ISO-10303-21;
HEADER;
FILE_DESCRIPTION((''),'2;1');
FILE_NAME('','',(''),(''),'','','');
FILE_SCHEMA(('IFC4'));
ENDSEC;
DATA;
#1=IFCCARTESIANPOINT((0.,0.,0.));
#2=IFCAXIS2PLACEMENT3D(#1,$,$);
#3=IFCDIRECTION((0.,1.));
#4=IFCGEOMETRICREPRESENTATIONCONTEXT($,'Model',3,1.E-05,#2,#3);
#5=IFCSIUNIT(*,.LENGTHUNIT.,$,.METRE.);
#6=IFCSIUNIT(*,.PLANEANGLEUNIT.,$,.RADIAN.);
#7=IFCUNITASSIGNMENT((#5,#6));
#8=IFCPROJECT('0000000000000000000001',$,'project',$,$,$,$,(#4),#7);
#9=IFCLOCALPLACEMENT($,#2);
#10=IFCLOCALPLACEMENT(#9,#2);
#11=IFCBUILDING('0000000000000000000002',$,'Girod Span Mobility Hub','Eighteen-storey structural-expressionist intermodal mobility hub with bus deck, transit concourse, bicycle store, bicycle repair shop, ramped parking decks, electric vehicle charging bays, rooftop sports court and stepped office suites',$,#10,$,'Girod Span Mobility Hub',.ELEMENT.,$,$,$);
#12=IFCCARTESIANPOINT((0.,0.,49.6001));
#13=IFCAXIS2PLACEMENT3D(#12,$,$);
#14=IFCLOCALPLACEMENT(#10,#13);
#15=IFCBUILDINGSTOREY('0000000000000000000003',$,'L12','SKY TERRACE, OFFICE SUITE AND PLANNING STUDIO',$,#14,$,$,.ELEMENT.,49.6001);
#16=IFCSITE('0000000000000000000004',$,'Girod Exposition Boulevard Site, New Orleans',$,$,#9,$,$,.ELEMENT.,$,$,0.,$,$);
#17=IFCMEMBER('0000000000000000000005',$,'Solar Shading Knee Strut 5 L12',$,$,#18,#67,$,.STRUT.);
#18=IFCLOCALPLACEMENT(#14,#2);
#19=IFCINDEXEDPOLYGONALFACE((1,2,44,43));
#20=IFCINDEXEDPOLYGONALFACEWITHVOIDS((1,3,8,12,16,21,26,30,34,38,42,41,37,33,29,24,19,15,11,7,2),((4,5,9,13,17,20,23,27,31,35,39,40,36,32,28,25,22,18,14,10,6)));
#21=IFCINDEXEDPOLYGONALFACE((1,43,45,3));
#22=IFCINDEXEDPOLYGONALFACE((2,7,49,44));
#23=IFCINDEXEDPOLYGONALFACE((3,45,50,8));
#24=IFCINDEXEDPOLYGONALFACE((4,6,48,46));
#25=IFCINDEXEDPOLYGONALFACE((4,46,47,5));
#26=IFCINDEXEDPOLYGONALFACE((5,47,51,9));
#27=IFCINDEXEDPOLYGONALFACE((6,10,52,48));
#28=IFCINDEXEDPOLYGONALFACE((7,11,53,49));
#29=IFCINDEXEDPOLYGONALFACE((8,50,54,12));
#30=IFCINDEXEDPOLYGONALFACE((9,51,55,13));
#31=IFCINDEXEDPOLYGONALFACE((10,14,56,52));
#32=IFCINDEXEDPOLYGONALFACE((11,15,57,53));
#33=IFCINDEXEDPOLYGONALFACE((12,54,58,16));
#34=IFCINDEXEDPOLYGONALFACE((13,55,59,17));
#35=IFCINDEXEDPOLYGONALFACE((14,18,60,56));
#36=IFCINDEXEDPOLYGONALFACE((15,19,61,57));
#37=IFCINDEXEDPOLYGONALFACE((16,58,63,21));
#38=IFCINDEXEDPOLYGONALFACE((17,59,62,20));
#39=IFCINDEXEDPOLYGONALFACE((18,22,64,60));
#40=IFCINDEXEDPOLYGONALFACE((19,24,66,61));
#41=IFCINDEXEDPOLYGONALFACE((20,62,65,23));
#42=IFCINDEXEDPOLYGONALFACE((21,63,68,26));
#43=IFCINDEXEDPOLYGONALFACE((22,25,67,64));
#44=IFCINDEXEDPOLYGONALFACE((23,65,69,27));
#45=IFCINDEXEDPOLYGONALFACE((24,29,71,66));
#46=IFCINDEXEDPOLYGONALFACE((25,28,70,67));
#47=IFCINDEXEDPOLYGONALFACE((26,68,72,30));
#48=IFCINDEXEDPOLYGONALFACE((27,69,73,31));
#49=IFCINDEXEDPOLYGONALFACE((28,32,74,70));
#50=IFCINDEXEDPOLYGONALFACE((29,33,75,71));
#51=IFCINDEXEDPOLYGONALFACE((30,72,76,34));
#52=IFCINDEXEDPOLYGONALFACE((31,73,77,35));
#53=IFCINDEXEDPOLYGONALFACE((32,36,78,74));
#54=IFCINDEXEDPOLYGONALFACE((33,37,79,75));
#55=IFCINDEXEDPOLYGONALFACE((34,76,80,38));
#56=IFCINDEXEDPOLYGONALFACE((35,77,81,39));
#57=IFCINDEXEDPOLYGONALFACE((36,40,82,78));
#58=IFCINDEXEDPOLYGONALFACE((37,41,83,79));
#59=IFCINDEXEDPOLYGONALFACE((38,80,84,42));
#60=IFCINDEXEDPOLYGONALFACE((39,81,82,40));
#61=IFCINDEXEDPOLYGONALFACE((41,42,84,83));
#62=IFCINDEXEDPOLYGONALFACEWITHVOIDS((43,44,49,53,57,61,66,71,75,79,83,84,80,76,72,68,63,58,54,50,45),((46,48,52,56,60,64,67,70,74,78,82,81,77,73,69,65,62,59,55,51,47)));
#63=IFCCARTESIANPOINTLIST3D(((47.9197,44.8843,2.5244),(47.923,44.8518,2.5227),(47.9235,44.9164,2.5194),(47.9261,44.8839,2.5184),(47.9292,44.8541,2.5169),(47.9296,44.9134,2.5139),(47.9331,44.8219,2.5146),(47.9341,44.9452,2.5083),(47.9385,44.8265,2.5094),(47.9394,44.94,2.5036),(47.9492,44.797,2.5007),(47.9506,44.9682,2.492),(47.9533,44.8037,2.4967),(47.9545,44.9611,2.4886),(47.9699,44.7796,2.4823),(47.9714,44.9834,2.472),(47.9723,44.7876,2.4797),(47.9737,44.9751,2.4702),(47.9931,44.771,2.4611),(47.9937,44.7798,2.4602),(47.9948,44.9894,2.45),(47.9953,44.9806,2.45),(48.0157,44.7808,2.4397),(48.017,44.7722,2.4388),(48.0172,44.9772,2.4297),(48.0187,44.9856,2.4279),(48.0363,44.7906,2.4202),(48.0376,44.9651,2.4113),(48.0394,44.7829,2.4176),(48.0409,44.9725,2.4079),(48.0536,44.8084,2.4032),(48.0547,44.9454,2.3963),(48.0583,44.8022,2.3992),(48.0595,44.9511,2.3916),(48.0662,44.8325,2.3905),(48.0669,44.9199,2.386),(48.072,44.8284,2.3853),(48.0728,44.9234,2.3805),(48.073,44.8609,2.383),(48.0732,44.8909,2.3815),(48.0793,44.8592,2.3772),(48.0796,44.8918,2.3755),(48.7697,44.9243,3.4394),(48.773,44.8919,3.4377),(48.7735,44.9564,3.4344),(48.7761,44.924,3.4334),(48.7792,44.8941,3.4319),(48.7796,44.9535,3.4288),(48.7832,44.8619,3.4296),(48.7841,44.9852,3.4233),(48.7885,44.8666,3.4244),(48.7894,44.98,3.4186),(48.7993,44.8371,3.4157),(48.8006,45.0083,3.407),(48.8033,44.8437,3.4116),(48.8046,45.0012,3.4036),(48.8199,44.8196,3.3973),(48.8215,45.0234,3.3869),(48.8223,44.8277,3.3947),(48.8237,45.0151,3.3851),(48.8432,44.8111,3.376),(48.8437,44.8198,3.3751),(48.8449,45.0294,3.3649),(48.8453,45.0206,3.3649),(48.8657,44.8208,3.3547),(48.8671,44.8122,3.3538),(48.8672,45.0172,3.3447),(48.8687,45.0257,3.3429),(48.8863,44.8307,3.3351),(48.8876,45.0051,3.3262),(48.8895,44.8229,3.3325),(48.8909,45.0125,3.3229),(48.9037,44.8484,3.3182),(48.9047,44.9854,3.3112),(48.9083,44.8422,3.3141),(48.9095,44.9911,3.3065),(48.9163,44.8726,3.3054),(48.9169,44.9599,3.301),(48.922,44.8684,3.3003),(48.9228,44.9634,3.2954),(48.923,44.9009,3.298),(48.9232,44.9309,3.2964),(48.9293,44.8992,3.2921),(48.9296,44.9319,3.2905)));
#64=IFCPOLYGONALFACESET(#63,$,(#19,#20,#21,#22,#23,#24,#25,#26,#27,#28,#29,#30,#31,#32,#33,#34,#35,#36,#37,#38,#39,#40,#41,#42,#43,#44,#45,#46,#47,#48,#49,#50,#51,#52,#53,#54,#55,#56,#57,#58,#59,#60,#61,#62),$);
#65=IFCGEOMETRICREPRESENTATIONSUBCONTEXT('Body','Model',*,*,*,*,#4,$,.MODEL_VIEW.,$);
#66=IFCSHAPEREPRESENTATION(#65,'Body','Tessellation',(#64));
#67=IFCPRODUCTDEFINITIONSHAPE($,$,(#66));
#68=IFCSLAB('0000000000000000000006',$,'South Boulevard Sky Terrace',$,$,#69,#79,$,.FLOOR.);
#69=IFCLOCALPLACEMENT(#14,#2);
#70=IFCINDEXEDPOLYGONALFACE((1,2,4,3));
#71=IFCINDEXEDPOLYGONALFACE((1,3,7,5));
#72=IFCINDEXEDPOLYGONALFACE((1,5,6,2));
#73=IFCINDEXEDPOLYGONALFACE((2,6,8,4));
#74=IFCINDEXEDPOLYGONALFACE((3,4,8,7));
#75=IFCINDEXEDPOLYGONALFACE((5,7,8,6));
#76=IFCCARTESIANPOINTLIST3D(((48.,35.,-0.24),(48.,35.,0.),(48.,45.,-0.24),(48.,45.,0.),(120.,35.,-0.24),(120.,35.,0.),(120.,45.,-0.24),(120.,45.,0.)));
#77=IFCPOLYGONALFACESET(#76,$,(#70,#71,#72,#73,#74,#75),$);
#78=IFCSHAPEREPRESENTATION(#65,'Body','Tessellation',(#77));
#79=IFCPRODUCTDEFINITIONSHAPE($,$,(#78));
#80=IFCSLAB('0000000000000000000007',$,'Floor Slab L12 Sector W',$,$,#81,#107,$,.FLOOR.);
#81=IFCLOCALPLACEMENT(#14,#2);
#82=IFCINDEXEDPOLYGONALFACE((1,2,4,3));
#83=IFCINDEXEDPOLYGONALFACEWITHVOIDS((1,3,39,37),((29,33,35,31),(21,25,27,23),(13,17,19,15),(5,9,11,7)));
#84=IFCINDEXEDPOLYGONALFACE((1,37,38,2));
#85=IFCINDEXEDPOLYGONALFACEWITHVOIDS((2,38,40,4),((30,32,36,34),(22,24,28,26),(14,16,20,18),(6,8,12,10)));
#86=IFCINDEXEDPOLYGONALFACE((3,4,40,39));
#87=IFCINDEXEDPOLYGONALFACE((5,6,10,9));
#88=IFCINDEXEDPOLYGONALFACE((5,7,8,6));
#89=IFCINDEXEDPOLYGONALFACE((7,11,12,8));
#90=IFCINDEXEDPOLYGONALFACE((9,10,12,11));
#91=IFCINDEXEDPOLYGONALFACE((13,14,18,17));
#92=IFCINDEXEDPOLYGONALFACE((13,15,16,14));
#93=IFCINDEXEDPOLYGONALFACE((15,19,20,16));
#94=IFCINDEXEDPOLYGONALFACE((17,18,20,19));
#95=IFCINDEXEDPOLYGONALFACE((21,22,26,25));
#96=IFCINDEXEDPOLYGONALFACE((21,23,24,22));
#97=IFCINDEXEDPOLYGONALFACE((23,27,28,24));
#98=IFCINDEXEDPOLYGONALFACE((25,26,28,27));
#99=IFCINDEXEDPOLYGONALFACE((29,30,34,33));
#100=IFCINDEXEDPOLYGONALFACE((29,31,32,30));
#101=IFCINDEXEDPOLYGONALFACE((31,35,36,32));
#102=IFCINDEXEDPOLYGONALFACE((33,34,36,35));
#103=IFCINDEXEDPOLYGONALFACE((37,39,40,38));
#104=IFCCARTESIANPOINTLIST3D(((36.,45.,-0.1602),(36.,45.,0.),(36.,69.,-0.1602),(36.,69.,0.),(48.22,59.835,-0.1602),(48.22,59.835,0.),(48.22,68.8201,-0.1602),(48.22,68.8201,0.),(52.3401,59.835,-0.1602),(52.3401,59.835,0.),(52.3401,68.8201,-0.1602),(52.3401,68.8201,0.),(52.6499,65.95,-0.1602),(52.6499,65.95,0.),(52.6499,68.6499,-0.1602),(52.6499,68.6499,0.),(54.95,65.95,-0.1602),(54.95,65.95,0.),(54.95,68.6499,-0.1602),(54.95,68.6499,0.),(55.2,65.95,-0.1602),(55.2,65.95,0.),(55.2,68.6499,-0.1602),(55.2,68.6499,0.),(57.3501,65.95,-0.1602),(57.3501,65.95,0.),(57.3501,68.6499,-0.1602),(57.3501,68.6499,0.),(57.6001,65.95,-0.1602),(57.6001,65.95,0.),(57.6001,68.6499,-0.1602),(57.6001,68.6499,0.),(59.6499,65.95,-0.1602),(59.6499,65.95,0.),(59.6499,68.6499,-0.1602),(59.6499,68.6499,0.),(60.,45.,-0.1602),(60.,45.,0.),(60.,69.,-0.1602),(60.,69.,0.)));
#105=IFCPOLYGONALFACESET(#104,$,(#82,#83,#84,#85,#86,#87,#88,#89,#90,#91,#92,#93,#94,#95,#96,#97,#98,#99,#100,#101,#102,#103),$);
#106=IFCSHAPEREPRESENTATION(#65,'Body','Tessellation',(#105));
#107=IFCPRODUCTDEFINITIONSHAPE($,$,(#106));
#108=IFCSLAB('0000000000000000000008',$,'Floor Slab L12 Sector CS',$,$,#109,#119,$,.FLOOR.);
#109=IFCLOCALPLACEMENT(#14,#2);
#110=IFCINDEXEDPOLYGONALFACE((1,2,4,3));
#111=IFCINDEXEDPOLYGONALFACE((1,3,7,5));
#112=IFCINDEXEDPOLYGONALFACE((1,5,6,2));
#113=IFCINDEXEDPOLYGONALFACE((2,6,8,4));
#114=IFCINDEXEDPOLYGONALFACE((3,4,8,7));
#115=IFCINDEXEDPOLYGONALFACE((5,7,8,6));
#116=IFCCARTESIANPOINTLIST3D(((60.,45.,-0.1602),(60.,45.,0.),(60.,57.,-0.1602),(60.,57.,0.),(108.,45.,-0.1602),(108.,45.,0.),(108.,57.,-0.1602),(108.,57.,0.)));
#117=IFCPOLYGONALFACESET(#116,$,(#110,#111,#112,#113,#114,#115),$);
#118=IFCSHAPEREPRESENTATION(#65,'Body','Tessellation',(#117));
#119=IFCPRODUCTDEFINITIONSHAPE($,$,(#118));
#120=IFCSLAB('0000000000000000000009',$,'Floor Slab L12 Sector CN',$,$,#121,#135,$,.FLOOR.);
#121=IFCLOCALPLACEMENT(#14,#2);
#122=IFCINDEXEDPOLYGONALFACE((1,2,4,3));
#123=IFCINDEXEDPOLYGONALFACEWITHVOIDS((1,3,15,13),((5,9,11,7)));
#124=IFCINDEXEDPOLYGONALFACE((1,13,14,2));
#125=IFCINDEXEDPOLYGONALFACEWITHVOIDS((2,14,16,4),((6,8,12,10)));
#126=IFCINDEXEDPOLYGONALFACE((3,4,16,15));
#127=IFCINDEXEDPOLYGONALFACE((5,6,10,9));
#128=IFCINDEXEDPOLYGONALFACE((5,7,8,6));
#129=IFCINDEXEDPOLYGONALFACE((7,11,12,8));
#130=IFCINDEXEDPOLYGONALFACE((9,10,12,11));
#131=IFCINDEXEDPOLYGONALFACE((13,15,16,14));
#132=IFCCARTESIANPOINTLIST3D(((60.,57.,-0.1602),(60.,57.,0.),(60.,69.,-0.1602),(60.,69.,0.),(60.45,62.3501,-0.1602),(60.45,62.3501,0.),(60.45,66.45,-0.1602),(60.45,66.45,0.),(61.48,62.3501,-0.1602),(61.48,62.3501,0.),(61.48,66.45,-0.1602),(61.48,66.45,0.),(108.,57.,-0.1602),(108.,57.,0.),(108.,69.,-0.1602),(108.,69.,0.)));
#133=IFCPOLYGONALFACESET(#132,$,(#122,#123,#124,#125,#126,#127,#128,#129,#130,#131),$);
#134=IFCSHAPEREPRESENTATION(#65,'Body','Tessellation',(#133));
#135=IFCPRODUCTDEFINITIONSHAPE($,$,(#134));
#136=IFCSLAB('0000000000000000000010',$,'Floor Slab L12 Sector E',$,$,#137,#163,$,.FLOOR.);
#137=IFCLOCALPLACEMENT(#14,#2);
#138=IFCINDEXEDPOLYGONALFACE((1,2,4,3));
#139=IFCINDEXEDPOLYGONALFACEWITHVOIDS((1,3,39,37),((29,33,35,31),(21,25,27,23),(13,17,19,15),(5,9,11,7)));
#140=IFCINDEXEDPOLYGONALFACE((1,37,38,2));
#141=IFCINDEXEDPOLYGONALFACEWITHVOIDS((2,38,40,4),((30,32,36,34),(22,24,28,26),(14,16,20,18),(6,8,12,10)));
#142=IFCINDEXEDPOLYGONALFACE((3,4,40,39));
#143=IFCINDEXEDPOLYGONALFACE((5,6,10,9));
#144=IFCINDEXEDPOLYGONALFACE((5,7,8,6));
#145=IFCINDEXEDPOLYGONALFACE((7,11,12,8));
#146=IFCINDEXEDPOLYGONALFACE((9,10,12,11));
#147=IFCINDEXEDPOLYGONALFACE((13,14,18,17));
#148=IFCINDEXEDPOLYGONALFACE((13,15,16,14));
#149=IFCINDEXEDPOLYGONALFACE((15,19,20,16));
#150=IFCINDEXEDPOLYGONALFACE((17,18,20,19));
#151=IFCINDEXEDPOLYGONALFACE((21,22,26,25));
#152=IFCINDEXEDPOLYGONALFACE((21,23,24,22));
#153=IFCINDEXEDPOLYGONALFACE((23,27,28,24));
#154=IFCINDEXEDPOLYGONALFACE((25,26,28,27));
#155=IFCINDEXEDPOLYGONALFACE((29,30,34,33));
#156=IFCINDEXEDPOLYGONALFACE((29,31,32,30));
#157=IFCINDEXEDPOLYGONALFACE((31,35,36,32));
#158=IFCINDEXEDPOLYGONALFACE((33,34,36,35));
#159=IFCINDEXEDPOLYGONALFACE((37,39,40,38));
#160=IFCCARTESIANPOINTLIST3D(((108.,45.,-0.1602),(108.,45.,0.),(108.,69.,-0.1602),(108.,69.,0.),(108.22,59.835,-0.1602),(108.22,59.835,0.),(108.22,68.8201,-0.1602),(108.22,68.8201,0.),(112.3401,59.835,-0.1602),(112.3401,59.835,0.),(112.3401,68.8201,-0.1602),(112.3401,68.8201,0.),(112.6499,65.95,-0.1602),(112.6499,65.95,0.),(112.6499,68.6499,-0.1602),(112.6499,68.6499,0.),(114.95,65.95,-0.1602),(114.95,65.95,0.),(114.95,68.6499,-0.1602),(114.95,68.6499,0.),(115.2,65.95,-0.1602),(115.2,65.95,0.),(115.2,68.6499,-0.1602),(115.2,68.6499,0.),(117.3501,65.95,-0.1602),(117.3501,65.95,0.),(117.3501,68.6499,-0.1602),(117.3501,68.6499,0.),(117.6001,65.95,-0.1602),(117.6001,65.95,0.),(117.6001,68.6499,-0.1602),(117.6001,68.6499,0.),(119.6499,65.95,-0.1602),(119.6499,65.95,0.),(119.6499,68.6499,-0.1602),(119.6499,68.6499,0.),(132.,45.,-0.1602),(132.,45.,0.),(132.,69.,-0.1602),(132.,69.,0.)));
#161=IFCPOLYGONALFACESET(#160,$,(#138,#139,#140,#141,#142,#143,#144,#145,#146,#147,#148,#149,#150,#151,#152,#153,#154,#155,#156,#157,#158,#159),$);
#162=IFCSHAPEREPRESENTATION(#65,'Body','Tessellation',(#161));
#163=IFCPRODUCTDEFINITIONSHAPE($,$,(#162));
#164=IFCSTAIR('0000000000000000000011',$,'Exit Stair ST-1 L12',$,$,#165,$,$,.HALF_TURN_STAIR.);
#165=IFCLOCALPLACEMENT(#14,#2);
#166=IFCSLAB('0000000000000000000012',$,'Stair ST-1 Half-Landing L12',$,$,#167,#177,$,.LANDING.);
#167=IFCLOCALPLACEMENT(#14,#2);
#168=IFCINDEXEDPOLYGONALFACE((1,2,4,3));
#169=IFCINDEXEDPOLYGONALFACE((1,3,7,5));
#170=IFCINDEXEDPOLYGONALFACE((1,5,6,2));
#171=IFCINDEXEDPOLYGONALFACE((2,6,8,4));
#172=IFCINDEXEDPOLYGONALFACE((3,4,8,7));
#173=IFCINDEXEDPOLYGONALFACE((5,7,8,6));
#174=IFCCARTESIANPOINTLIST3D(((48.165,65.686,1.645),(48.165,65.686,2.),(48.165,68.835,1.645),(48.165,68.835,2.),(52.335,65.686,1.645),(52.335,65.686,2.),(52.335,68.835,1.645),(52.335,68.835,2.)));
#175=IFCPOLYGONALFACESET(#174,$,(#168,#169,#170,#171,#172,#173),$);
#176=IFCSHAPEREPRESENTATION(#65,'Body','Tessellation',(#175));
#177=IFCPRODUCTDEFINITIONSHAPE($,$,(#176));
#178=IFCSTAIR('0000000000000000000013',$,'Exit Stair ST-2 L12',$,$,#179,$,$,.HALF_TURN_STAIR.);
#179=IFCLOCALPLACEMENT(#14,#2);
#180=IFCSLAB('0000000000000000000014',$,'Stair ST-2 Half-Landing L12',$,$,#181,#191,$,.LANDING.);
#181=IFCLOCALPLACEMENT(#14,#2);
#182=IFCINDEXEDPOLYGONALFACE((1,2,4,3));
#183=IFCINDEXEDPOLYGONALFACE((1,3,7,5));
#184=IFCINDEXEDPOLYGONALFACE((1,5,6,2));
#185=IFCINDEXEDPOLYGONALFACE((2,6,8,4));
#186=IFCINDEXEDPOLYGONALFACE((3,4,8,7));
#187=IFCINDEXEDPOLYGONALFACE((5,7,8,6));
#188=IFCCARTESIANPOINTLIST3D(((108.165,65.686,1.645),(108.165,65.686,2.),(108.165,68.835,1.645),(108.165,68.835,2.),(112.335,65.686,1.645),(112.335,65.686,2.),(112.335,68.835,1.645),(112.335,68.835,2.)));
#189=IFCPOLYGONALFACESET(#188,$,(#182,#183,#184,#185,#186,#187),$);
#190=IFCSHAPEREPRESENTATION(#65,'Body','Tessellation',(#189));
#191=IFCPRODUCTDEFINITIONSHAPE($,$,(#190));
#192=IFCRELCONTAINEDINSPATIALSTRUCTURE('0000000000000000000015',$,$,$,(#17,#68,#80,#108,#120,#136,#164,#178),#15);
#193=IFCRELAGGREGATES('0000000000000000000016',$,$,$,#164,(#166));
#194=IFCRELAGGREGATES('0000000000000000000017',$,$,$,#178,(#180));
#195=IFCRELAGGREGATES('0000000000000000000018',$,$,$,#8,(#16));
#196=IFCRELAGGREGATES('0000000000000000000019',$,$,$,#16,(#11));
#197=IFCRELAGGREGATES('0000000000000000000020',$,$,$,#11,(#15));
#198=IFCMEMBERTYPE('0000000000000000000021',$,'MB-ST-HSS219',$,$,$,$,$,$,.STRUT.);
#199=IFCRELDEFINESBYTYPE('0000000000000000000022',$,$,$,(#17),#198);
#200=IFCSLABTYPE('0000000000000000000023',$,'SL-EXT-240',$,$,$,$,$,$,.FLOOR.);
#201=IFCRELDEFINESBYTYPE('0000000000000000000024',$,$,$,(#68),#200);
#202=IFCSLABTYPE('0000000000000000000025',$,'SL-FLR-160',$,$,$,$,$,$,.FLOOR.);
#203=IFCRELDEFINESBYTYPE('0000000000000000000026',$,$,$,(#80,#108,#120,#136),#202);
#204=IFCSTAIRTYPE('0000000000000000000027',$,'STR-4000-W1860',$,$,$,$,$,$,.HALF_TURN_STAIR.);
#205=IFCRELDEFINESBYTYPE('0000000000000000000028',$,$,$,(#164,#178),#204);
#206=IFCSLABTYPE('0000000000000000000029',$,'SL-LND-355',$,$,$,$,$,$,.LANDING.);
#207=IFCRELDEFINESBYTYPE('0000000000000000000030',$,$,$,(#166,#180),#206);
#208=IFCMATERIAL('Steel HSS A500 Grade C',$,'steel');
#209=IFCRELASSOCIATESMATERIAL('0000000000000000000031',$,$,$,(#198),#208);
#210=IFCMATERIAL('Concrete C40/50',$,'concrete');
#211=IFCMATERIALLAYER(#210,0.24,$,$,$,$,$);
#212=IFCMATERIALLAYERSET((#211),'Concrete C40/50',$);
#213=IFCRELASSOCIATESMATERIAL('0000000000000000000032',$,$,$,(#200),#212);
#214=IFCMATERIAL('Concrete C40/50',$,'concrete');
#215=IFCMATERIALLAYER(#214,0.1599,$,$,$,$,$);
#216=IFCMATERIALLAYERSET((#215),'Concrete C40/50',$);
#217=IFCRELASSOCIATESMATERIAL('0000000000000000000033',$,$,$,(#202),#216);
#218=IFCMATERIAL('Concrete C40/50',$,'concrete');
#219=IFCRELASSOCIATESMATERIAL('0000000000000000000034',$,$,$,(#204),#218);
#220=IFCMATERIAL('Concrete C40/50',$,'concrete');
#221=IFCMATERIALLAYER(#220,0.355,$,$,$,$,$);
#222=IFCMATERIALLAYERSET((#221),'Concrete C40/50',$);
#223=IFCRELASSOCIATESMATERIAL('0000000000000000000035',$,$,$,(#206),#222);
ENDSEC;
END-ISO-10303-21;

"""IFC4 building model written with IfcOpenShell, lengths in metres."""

from ifc_helpers import new_model, si_unit, direction, frame, origin, origin_2d, place, context, subcontext, project, spatial, polyline, hollow_circle, outline, extrude, material, layer, layer_set, material_profile, profile_set, type_object, element, aggregate, save


model = new_model("IFC4")

# Units and contexts
model_context = context("Model", 3, precision=1e-05, world=origin(), true_north=direction((0.0, 1.0)))
body_context = subcontext(model_context, "Body", "Model", "MODEL_VIEW")
ifc_project = project(units=[si_unit("LENGTHUNIT", "METRE"), si_unit("PLANEANGLEUNIT", "RADIAN")], contexts=[model_context])

# Site, building, storey
site_placement = place(None, origin())
site = spatial("IfcSite", under=ifc_project, at=site_placement, Name="Girod Exposition Boulevard Site, New Orleans", CompositionType="ELEMENT", RefElevation=0.0)
building_placement = place(site_placement, origin())
building = spatial("IfcBuilding", under=site, at=building_placement, Name="Girod Span Mobility Hub", Description="Eighteen-storey structural-expressionist intermodal mobility hub with bus deck, transit concourse, bicycle store, bicycle repair shop, ramped parking decks, electric vehicle charging bays, rooftop sports court and stepped office suites", LongName="Girod Span Mobility Hub", CompositionType="ELEMENT")
storey_placement = place(building_placement, frame((0.0, 0.0, 49.6001)))
storey = spatial("IfcBuildingStorey", under=building, at=storey_placement, Name="L12", Description="SKY TERRACE, OFFICE SUITE AND PLANNING STUDIO", CompositionType="ELEMENT", Elevation=49.6001)

# Member
ifc_material_1 = material(Name="Steel HSS A500 Grade C", Category="steel")
ifc_material_profile_1 = material_profile(ifc_material_1, hollow_circle(Radius=0.1096, WallThickness=0.0088, at=origin_2d()), Name="HSS219X9.5")
ifc_profile_set_1 = profile_set([ifc_material_profile_1], Name="Steel HSS A500 Grade C")
member_type = type_object("IfcMemberType", Name="MB-ST-HSS219", PredefinedType="STRUT", material=ifc_profile_set_1)
member_placement = place(storey_placement, frame((48.0, 44.8799, 2.45), z_axis=(0.680282, 0.032041, 0.73225), x_axis=(-0.047047, 0.998893, 0.0)))
element("IfcMember", 1, at=member_placement, inside=storey, type_object=member_type, Name="Solar Shading Knee Strut 5 L12", PredefinedType="STRUT", context=body_context, shape_type="SweptSolid", body=[
    extrude(hollow_circle(Radius=0.1096, WallThickness=0.0088, at=origin_2d()), origin(), (0.0, 0.0, 1.0), 1.2495),
])

# Slabs
ifc_material_2 = material(Name="Concrete C40/50", Category="concrete")
ifc_layer_1 = layer(ifc_material_2, 0.24)
ifc_layer_set_1 = layer_set([ifc_layer_1], Name="Concrete C40/50")
slab_type_1 = type_object("IfcSlabType", Name="SL-EXT-240", PredefinedType="FLOOR", material=ifc_layer_set_1)
slab_1_placement = place(storey_placement, frame((0.0, 0.0, -0.24)))
element("IfcSlab", 2, at=slab_1_placement, inside=storey, type_object=slab_type_1, Name="South Boulevard Sky Terrace", PredefinedType="FLOOR", context=body_context, shape_type="SweptSolid", body=[
    extrude(outline(polyline([(120.0, 35.0), (120.0, 45.0), (48.0, 45.0), (48.0, 35.0), (120.0, 35.0)])), origin(), (0.0, 0.0, 1.0), 0.24),
])
ifc_material_3 = material(Name="Concrete C40/50", Category="concrete")
ifc_layer_2 = layer(ifc_material_3, 0.1599)
ifc_layer_set_2 = layer_set([ifc_layer_2], Name="Concrete C40/50")
slab_type_2 = type_object("IfcSlabType", Name="SL-FLR-160", PredefinedType="FLOOR", material=ifc_layer_set_2)
slab_2_placement = place(storey_placement, frame((0.0, 0.0, -0.1602)))
element("IfcSlab", 3, at=slab_2_placement, inside=storey, type_object=slab_type_2, Name="Floor Slab L12 Sector W", PredefinedType="FLOOR", context=body_context, shape_type="SweptSolid", body=[
    extrude(outline(polyline([(36.0, 69.0), (60.0, 69.0), (60.0, 45.0), (36.0, 45.0), (36.0, 69.0)]), holes=[polyline([(48.22, 59.835), (52.3401, 59.835), (52.3401, 68.8201), (48.22, 68.8201), (48.22, 59.835)]), polyline([(52.6499, 65.95), (54.95, 65.95), (54.95, 68.6499), (52.6499, 68.6499), (52.6499, 65.95)]), polyline([(55.2, 65.95), (57.3501, 65.95), (57.3501, 68.6499), (55.2, 68.6499), (55.2, 65.95)]), polyline([(57.6001, 65.95), (59.6499, 65.95), (59.6499, 68.6499), (57.6001, 68.6499), (57.6001, 65.95)])]), origin(), (0.0, 0.0, 1.0), 0.1602),
])
slab_3_placement = place(storey_placement, frame((0.0, 0.0, -0.1602)))
element("IfcSlab", 4, at=slab_3_placement, inside=storey, type_object=slab_type_2, Name="Floor Slab L12 Sector CS", PredefinedType="FLOOR", context=body_context, shape_type="SweptSolid", body=[
    extrude(outline(polyline([(60.0, 45.0), (60.0, 57.0), (108.0, 57.0), (108.0, 45.0), (60.0, 45.0)])), origin(), (0.0, 0.0, 1.0), 0.1602),
])
slab_4_placement = place(storey_placement, frame((0.0, 0.0, -0.1602)))
element("IfcSlab", 5, at=slab_4_placement, inside=storey, type_object=slab_type_2, Name="Floor Slab L12 Sector CN", PredefinedType="FLOOR", context=body_context, shape_type="SweptSolid", body=[
    extrude(outline(polyline([(108.0, 69.0), (108.0, 57.0), (60.0, 57.0), (60.0, 69.0), (108.0, 69.0)]), holes=[polyline([(60.45, 62.3501), (61.48, 62.3501), (61.48, 66.45), (60.45, 66.45), (60.45, 62.3501)])]), origin(), (0.0, 0.0, 1.0), 0.1602),
])
slab_5_placement = place(storey_placement, frame((0.0, 0.0, -0.1602)))
element("IfcSlab", 6, at=slab_5_placement, inside=storey, type_object=slab_type_2, Name="Floor Slab L12 Sector E", PredefinedType="FLOOR", context=body_context, shape_type="SweptSolid", body=[
    extrude(outline(polyline([(132.0, 69.0), (132.0, 45.0), (108.0, 45.0), (108.0, 69.0), (132.0, 69.0)]), holes=[polyline([(108.22, 59.835), (112.3401, 59.835), (112.3401, 68.8201), (108.22, 68.8201), (108.22, 59.835)]), polyline([(112.6499, 65.95), (114.95, 65.95), (114.95, 68.6499), (112.6499, 68.6499), (112.6499, 65.95)]), polyline([(115.2, 68.6499), (115.2, 65.95), (117.3501, 65.95), (117.3501, 68.6499), (115.2, 68.6499)]), polyline([(117.6001, 68.6499), (117.6001, 65.95), (119.6499, 65.95), (119.6499, 68.6499), (117.6001, 68.6499)])]), origin(), (0.0, 0.0, 1.0), 0.1602),
])

# Stairs, slabs
ifc_material_4 = material(Name="Concrete C40/50", Category="concrete")
stair_type = type_object("IfcStairType", Name="STR-4000-W1860", PredefinedType="HALF_TURN_STAIR", material=ifc_material_4)
stair_1_placement = place(storey_placement, origin())
stair_1 = element("IfcStair", 7, at=stair_1_placement, inside=storey, type_object=stair_type, Name="Exit Stair ST-1 L12", PredefinedType="HALF_TURN_STAIR")
ifc_material_5 = material(Name="Concrete C40/50", Category="concrete")
ifc_layer_3 = layer(ifc_material_5, 0.355)
ifc_layer_set_3 = layer_set([ifc_layer_3], Name="Concrete C40/50")
slab_type_3 = type_object("IfcSlabType", Name="SL-LND-355", PredefinedType="LANDING", material=ifc_layer_set_3)
slab_6_placement = place(storey_placement, frame((0.0, 0.0, 1.645)))
slab_6 = element("IfcSlab", 8, at=slab_6_placement, type_object=slab_type_3, Name="Stair ST-1 Half-Landing L12", PredefinedType="LANDING", context=body_context, shape_type="SweptSolid", body=[
    extrude(outline(polyline([(52.335, 65.686), (52.335, 68.835), (48.165, 68.835), (48.165, 65.686), (52.335, 65.686)])), origin(), (0.0, 0.0, 1.0), 0.355),
])
aggregate(stair_1, [slab_6])
stair_2_placement = place(storey_placement, origin())
stair_2 = element("IfcStair", 9, at=stair_2_placement, inside=storey, type_object=stair_type, Name="Exit Stair ST-2 L12", PredefinedType="HALF_TURN_STAIR")
slab_7_placement = place(storey_placement, frame((0.0, 0.0, 1.645)))
slab_7 = element("IfcSlab", 10, at=slab_7_placement, type_object=slab_type_3, Name="Stair ST-2 Half-Landing L12", PredefinedType="LANDING", context=body_context, shape_type="SweptSolid", body=[
    extrude(outline(polyline([(112.335, 65.686), (112.335, 68.835), (108.165, 68.835), (108.165, 65.686), (112.335, 65.686)])), origin(), (0.0, 0.0, 1.0), 0.355),
])
aggregate(stair_2, [slab_7])

save(model, "model.ifc")
